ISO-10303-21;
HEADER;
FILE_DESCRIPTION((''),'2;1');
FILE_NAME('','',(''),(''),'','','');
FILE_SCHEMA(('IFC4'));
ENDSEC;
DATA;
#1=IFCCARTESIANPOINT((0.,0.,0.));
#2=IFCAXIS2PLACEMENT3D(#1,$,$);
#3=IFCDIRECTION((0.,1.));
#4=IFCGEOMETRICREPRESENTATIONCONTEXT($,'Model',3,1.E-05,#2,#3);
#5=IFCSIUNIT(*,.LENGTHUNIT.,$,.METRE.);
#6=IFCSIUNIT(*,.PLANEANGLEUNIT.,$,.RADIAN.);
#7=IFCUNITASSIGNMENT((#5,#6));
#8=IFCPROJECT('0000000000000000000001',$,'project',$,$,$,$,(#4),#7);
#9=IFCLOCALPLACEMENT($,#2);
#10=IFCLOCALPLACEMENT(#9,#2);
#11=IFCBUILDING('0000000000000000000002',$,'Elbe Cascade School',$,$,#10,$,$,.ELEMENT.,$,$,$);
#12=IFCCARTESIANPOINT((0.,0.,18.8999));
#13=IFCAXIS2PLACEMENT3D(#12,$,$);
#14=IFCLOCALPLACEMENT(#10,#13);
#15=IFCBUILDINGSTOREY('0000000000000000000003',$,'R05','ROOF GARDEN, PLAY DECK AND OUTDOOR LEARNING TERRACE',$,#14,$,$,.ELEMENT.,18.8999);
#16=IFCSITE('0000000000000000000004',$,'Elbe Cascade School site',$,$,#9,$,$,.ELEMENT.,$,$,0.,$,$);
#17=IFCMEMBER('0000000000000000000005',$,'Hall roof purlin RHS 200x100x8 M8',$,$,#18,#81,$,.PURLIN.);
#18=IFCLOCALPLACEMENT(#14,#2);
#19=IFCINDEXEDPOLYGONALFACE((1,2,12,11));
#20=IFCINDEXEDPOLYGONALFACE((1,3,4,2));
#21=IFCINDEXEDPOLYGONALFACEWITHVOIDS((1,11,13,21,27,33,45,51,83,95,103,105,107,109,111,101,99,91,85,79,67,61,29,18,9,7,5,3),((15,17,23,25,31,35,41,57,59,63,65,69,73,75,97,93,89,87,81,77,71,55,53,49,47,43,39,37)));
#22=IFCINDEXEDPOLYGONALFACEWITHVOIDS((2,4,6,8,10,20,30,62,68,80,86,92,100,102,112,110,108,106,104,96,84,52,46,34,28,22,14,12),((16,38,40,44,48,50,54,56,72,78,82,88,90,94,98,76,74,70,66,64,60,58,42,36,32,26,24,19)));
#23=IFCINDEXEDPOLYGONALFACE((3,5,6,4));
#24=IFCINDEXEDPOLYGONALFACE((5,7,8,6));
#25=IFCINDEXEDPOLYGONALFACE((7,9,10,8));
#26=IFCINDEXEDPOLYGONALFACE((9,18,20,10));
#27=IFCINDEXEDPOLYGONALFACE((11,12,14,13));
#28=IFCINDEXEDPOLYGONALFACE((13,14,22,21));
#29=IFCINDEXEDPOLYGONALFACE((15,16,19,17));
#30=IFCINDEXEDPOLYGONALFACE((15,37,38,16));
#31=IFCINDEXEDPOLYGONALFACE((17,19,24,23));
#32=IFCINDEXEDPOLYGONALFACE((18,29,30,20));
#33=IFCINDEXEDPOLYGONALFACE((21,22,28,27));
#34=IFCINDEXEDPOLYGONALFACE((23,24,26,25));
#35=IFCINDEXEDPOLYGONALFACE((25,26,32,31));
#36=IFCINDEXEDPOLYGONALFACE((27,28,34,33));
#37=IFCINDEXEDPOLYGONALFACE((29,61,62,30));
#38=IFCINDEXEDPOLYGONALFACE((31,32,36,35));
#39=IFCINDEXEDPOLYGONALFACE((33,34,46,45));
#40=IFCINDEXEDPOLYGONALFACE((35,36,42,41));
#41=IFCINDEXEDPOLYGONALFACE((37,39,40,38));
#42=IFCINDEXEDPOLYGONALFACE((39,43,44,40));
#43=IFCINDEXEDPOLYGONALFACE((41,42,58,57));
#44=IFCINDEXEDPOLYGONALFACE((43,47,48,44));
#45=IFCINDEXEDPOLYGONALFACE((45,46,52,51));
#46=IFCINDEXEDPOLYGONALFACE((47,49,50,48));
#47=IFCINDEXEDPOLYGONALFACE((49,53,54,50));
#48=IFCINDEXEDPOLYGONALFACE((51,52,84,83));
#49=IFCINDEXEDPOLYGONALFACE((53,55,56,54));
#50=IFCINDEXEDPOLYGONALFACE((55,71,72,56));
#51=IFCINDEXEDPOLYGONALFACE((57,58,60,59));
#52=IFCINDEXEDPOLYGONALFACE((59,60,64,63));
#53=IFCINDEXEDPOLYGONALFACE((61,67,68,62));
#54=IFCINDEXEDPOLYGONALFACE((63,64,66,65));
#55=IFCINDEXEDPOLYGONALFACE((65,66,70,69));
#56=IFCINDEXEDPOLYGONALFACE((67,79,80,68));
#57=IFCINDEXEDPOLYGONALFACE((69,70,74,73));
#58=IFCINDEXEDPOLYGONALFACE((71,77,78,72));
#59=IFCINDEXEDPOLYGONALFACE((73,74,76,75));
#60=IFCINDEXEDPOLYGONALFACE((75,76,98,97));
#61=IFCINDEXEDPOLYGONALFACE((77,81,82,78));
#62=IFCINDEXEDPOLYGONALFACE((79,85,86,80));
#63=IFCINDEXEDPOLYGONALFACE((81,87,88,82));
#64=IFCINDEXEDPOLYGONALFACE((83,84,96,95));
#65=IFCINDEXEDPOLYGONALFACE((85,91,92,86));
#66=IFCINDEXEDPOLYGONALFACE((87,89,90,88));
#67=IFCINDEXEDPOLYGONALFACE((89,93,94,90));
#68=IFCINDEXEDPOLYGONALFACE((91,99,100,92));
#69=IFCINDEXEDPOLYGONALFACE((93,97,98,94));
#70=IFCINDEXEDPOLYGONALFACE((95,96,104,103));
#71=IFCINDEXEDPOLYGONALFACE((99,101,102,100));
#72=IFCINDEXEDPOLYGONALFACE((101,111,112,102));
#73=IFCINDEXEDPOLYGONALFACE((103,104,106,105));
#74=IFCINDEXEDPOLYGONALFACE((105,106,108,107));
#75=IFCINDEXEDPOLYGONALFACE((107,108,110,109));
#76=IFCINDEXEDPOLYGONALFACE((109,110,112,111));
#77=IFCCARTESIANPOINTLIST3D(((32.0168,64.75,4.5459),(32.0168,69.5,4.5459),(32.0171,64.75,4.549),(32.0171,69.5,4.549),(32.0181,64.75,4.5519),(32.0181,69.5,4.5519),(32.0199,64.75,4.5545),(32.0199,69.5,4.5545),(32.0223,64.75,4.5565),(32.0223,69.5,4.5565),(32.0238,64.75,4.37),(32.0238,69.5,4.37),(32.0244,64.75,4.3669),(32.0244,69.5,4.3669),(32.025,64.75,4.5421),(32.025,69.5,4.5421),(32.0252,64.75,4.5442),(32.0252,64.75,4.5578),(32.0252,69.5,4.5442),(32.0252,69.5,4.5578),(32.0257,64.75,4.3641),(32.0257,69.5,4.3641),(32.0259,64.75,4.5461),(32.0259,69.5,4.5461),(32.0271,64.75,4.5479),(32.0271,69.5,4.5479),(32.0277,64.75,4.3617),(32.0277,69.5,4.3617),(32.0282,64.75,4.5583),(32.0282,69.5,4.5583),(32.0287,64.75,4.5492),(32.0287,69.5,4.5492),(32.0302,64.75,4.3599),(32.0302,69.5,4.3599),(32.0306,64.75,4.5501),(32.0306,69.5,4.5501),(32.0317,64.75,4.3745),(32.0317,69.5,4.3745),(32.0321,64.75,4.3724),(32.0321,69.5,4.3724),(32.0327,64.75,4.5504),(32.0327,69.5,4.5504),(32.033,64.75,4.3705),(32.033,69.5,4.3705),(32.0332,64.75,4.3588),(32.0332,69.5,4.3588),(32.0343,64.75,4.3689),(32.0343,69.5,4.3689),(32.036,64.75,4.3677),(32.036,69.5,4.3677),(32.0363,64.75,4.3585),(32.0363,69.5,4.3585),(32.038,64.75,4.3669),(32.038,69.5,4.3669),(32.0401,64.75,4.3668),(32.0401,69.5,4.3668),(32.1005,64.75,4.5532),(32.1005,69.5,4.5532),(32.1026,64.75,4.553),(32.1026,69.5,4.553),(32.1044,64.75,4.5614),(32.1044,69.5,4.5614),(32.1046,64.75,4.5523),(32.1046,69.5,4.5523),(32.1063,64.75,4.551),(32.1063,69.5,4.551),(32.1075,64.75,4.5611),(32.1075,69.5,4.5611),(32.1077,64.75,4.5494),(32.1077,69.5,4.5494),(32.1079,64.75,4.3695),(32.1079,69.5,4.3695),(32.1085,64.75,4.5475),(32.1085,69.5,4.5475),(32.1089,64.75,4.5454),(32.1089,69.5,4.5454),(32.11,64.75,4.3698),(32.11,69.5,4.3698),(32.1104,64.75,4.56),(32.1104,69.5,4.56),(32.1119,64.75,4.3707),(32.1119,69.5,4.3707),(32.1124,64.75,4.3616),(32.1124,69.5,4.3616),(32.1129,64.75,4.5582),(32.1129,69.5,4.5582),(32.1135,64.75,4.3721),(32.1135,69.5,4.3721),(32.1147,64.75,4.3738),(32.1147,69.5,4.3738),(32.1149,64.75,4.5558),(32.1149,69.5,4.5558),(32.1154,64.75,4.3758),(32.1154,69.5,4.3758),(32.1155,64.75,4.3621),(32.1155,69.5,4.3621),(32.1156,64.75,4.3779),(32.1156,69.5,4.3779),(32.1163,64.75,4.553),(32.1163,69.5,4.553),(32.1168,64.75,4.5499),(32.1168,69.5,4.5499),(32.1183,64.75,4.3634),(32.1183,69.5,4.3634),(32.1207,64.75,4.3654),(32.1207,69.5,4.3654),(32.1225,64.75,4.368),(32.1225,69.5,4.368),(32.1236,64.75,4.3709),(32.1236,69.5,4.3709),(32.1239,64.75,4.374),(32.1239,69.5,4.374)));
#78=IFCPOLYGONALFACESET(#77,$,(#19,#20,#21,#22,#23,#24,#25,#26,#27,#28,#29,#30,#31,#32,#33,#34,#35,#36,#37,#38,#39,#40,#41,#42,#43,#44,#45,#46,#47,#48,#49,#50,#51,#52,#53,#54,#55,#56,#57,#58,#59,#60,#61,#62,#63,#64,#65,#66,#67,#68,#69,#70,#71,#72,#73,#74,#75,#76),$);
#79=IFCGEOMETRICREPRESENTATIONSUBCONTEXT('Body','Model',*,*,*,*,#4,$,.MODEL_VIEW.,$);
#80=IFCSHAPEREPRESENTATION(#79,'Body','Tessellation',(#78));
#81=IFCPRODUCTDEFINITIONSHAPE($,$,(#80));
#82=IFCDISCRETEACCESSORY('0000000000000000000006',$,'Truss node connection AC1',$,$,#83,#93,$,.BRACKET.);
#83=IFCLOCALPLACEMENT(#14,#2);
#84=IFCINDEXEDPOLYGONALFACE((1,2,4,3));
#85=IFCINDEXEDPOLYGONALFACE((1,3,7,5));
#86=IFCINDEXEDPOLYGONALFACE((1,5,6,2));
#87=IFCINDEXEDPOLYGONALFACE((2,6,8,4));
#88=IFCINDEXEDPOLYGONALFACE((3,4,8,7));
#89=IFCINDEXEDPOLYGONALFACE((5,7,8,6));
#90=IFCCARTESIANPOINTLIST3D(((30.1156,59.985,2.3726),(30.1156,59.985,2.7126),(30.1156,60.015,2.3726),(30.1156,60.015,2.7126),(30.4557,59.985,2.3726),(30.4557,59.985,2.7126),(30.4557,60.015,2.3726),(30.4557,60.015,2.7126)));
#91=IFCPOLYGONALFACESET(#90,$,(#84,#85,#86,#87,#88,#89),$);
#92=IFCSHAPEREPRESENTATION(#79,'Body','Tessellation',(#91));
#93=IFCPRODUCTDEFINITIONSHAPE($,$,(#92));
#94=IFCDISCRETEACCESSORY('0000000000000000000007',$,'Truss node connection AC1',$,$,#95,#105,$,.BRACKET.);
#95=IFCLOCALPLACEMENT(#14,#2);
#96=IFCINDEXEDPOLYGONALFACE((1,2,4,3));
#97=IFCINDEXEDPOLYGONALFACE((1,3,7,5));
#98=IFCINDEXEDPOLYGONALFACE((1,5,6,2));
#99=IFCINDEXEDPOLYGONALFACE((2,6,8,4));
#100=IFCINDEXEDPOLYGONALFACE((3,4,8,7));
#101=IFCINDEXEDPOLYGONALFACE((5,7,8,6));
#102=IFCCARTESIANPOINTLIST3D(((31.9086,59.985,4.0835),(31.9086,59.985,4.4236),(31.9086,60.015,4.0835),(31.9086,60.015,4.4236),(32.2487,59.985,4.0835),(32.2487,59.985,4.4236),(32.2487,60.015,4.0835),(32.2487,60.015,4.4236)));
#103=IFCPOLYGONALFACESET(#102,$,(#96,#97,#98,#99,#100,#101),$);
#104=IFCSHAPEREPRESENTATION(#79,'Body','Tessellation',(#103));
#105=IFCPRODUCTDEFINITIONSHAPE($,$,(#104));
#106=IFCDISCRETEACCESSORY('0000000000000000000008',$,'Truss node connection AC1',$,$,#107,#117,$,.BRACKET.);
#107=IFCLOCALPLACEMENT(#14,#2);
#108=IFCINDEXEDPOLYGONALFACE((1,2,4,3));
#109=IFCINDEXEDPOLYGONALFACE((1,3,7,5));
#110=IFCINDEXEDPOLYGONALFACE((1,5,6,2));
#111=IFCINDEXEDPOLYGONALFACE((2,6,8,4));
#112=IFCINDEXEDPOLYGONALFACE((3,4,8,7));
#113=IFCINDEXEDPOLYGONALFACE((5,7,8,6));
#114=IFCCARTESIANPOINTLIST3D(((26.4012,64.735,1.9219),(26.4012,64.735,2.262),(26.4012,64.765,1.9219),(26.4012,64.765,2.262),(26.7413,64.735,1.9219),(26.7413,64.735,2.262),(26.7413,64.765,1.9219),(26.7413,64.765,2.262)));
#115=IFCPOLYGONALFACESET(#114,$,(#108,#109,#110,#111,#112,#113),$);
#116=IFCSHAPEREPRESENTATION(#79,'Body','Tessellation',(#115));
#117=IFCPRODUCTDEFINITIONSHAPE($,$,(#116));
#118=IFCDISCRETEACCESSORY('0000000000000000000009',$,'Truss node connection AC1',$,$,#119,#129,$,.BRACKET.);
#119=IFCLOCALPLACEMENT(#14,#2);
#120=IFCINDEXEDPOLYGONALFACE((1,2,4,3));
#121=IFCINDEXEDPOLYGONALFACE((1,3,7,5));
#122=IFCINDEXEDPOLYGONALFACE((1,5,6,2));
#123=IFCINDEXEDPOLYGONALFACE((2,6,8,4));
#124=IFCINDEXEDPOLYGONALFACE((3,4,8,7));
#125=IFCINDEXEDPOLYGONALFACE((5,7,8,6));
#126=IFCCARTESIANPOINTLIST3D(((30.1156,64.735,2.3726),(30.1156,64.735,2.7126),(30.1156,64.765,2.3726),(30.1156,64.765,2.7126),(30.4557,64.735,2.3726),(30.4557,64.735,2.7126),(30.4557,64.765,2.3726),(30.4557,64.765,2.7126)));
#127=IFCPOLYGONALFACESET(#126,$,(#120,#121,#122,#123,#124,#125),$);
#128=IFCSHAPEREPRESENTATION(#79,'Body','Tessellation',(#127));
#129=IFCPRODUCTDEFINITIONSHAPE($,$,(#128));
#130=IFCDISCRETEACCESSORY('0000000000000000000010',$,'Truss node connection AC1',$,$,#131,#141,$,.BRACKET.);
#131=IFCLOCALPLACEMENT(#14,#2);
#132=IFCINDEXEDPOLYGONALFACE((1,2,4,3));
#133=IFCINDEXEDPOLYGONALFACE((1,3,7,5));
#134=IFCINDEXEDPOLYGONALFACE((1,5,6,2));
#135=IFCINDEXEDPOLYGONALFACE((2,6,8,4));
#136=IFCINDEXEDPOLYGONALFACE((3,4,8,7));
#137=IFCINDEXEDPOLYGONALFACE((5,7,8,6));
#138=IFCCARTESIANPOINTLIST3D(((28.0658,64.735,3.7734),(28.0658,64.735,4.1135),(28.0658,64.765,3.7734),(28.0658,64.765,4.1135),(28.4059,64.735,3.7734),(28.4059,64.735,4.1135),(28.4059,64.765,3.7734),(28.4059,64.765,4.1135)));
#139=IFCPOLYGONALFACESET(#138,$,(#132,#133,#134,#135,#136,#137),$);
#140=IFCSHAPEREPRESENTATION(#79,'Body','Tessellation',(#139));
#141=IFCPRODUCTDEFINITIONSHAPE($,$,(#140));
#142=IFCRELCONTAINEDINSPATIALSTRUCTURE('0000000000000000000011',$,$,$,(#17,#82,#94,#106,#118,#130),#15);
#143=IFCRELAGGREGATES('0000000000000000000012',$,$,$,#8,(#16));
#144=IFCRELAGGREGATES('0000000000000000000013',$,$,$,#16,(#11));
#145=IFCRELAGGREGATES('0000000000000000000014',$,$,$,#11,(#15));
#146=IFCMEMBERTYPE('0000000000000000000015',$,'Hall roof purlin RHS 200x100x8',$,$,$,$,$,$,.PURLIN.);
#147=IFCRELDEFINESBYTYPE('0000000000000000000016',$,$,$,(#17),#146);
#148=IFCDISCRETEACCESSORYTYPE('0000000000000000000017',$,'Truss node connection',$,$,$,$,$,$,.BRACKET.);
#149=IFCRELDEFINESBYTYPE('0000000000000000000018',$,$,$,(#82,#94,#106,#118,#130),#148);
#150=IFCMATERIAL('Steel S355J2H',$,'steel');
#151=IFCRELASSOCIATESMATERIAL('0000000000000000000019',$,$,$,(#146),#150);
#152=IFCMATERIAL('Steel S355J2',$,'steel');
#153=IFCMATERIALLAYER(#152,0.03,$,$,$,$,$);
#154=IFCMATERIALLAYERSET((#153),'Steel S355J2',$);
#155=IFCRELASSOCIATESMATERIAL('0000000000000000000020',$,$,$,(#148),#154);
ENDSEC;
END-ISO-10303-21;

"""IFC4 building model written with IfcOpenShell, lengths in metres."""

from ifc_helpers import new_model, si_unit, direction, frame, origin, origin_2d, place, context, subcontext, project, spatial, rectangle, hollow_rectangle, extrude, material, layer, layer_set, material_profile, profile_set, type_object, element, save


model = new_model("IFC4")

# Units and contexts
model_context = context("Model", 3, precision=1e-05, world=origin(), true_north=direction((0.0, 1.0)))
body_context = subcontext(model_context, "Body", "Model", "MODEL_VIEW")
ifc_project = project(units=[si_unit("LENGTHUNIT", "METRE"), si_unit("PLANEANGLEUNIT", "RADIAN")], contexts=[model_context])

# Site, building, storey
site_placement = place(None, origin())
site = spatial("IfcSite", under=ifc_project, at=site_placement, Name="Elbe Cascade School site", CompositionType="ELEMENT", RefElevation=0.0)
building_placement = place(site_placement, origin())
building = spatial("IfcBuilding", under=site, at=building_placement, Name="Elbe Cascade School", CompositionType="ELEMENT")
storey_placement = place(building_placement, frame((0.0, 0.0, 18.8999)))
storey = spatial("IfcBuildingStorey", under=building, at=storey_placement, Name="R05", Description="ROOF GARDEN, PLAY DECK AND OUTDOOR LEARNING TERRACE", CompositionType="ELEMENT", Elevation=18.8999)

# Member
ifc_material_1 = material(Name="Steel S355J2H", Category="steel")
ifc_material_profile_1 = material_profile(ifc_material_1, hollow_rectangle(XDim=0.1001, YDim=0.2, WallThickness=0.0081, InnerFilletRadius=0.0081, OuterFilletRadius=0.012, at=origin_2d()), Name="RHS 200x100x8")
ifc_profile_set_1 = profile_set([ifc_material_profile_1], Name="Steel S355J2H")
member_type_1 = type_object("IfcMemberType", Name="Hall roof purlin RHS 200x100x8", PredefinedType="PURLIN", material=ifc_profile_set_1)
for number, where, z_axis, x_axis, name in (
    (1, (32.0703, 64.75, 4.46), (0.0, 1.0, 0.0), (-0.999193, 0.0, -0.040154), "Hall roof purlin RHS 200x100x8 M8"),
):
    element("IfcMember", number, at=place(storey_placement, frame(where, z_axis=z_axis, x_axis=x_axis)), inside=storey, type_object=member_type_1, Name=name, PredefinedType="PURLIN", context=body_context, shape_type="SweptSolid", body=[
        extrude(hollow_rectangle(XDim=0.1001, YDim=0.2, WallThickness=0.0081, InnerFilletRadius=0.0081, OuterFilletRadius=0.012, at=origin_2d()), origin(), (0.0, 0.0, 1.0), 4.75),
    ])

# Discrete accessories
ifc_material_2 = material(Name="Steel S355J2", Category="steel")
ifc_layer = layer(ifc_material_2, 0.03)
ifc_layer_set = layer_set([ifc_layer], Name="Steel S355J2")
discrete_accessory_type = type_object("IfcDiscreteAccessoryType", Name="Truss node connection", PredefinedType="BRACKET", material=ifc_layer_set)
for number, where, z_axis, x_axis, name in (
    (2, (30.2856, 60.0, 2.3726), (0.0, 0.0, 1.0), (1.0, 0.0, 0.0), "Truss node connection AC1"),
    (3, (32.0786, 60.0, 4.0835), (0.0, 0.0, 1.0), (1.0, 0.0, 0.0), "Truss node connection AC1"),
    (4, (26.5713, 64.75, 1.9219), (0.0, 0.0, 1.0), (1.0, 0.0, 0.0), "Truss node connection AC1"),
    (5, (30.2856, 64.75, 2.3726), (0.0, 0.0, 1.0), (1.0, 0.0, 0.0), "Truss node connection AC1"),
    (6, (28.2358, 64.75, 3.7734), (0.0, 0.0, 1.0), (1.0, 0.0, 0.0), "Truss node connection AC1"),
):
    element("IfcDiscreteAccessory", number, at=place(storey_placement, frame(where, z_axis=z_axis, x_axis=x_axis)), inside=storey, type_object=discrete_accessory_type, Name=name, PredefinedType="BRACKET", context=body_context, shape_type="SweptSolid", body=[
        extrude(rectangle(XDim=0.3401, YDim=0.03, at=origin_2d()), origin(), (0.0, 0.0, 1.0), 0.3401),
    ])

save(model, "model.ifc")
